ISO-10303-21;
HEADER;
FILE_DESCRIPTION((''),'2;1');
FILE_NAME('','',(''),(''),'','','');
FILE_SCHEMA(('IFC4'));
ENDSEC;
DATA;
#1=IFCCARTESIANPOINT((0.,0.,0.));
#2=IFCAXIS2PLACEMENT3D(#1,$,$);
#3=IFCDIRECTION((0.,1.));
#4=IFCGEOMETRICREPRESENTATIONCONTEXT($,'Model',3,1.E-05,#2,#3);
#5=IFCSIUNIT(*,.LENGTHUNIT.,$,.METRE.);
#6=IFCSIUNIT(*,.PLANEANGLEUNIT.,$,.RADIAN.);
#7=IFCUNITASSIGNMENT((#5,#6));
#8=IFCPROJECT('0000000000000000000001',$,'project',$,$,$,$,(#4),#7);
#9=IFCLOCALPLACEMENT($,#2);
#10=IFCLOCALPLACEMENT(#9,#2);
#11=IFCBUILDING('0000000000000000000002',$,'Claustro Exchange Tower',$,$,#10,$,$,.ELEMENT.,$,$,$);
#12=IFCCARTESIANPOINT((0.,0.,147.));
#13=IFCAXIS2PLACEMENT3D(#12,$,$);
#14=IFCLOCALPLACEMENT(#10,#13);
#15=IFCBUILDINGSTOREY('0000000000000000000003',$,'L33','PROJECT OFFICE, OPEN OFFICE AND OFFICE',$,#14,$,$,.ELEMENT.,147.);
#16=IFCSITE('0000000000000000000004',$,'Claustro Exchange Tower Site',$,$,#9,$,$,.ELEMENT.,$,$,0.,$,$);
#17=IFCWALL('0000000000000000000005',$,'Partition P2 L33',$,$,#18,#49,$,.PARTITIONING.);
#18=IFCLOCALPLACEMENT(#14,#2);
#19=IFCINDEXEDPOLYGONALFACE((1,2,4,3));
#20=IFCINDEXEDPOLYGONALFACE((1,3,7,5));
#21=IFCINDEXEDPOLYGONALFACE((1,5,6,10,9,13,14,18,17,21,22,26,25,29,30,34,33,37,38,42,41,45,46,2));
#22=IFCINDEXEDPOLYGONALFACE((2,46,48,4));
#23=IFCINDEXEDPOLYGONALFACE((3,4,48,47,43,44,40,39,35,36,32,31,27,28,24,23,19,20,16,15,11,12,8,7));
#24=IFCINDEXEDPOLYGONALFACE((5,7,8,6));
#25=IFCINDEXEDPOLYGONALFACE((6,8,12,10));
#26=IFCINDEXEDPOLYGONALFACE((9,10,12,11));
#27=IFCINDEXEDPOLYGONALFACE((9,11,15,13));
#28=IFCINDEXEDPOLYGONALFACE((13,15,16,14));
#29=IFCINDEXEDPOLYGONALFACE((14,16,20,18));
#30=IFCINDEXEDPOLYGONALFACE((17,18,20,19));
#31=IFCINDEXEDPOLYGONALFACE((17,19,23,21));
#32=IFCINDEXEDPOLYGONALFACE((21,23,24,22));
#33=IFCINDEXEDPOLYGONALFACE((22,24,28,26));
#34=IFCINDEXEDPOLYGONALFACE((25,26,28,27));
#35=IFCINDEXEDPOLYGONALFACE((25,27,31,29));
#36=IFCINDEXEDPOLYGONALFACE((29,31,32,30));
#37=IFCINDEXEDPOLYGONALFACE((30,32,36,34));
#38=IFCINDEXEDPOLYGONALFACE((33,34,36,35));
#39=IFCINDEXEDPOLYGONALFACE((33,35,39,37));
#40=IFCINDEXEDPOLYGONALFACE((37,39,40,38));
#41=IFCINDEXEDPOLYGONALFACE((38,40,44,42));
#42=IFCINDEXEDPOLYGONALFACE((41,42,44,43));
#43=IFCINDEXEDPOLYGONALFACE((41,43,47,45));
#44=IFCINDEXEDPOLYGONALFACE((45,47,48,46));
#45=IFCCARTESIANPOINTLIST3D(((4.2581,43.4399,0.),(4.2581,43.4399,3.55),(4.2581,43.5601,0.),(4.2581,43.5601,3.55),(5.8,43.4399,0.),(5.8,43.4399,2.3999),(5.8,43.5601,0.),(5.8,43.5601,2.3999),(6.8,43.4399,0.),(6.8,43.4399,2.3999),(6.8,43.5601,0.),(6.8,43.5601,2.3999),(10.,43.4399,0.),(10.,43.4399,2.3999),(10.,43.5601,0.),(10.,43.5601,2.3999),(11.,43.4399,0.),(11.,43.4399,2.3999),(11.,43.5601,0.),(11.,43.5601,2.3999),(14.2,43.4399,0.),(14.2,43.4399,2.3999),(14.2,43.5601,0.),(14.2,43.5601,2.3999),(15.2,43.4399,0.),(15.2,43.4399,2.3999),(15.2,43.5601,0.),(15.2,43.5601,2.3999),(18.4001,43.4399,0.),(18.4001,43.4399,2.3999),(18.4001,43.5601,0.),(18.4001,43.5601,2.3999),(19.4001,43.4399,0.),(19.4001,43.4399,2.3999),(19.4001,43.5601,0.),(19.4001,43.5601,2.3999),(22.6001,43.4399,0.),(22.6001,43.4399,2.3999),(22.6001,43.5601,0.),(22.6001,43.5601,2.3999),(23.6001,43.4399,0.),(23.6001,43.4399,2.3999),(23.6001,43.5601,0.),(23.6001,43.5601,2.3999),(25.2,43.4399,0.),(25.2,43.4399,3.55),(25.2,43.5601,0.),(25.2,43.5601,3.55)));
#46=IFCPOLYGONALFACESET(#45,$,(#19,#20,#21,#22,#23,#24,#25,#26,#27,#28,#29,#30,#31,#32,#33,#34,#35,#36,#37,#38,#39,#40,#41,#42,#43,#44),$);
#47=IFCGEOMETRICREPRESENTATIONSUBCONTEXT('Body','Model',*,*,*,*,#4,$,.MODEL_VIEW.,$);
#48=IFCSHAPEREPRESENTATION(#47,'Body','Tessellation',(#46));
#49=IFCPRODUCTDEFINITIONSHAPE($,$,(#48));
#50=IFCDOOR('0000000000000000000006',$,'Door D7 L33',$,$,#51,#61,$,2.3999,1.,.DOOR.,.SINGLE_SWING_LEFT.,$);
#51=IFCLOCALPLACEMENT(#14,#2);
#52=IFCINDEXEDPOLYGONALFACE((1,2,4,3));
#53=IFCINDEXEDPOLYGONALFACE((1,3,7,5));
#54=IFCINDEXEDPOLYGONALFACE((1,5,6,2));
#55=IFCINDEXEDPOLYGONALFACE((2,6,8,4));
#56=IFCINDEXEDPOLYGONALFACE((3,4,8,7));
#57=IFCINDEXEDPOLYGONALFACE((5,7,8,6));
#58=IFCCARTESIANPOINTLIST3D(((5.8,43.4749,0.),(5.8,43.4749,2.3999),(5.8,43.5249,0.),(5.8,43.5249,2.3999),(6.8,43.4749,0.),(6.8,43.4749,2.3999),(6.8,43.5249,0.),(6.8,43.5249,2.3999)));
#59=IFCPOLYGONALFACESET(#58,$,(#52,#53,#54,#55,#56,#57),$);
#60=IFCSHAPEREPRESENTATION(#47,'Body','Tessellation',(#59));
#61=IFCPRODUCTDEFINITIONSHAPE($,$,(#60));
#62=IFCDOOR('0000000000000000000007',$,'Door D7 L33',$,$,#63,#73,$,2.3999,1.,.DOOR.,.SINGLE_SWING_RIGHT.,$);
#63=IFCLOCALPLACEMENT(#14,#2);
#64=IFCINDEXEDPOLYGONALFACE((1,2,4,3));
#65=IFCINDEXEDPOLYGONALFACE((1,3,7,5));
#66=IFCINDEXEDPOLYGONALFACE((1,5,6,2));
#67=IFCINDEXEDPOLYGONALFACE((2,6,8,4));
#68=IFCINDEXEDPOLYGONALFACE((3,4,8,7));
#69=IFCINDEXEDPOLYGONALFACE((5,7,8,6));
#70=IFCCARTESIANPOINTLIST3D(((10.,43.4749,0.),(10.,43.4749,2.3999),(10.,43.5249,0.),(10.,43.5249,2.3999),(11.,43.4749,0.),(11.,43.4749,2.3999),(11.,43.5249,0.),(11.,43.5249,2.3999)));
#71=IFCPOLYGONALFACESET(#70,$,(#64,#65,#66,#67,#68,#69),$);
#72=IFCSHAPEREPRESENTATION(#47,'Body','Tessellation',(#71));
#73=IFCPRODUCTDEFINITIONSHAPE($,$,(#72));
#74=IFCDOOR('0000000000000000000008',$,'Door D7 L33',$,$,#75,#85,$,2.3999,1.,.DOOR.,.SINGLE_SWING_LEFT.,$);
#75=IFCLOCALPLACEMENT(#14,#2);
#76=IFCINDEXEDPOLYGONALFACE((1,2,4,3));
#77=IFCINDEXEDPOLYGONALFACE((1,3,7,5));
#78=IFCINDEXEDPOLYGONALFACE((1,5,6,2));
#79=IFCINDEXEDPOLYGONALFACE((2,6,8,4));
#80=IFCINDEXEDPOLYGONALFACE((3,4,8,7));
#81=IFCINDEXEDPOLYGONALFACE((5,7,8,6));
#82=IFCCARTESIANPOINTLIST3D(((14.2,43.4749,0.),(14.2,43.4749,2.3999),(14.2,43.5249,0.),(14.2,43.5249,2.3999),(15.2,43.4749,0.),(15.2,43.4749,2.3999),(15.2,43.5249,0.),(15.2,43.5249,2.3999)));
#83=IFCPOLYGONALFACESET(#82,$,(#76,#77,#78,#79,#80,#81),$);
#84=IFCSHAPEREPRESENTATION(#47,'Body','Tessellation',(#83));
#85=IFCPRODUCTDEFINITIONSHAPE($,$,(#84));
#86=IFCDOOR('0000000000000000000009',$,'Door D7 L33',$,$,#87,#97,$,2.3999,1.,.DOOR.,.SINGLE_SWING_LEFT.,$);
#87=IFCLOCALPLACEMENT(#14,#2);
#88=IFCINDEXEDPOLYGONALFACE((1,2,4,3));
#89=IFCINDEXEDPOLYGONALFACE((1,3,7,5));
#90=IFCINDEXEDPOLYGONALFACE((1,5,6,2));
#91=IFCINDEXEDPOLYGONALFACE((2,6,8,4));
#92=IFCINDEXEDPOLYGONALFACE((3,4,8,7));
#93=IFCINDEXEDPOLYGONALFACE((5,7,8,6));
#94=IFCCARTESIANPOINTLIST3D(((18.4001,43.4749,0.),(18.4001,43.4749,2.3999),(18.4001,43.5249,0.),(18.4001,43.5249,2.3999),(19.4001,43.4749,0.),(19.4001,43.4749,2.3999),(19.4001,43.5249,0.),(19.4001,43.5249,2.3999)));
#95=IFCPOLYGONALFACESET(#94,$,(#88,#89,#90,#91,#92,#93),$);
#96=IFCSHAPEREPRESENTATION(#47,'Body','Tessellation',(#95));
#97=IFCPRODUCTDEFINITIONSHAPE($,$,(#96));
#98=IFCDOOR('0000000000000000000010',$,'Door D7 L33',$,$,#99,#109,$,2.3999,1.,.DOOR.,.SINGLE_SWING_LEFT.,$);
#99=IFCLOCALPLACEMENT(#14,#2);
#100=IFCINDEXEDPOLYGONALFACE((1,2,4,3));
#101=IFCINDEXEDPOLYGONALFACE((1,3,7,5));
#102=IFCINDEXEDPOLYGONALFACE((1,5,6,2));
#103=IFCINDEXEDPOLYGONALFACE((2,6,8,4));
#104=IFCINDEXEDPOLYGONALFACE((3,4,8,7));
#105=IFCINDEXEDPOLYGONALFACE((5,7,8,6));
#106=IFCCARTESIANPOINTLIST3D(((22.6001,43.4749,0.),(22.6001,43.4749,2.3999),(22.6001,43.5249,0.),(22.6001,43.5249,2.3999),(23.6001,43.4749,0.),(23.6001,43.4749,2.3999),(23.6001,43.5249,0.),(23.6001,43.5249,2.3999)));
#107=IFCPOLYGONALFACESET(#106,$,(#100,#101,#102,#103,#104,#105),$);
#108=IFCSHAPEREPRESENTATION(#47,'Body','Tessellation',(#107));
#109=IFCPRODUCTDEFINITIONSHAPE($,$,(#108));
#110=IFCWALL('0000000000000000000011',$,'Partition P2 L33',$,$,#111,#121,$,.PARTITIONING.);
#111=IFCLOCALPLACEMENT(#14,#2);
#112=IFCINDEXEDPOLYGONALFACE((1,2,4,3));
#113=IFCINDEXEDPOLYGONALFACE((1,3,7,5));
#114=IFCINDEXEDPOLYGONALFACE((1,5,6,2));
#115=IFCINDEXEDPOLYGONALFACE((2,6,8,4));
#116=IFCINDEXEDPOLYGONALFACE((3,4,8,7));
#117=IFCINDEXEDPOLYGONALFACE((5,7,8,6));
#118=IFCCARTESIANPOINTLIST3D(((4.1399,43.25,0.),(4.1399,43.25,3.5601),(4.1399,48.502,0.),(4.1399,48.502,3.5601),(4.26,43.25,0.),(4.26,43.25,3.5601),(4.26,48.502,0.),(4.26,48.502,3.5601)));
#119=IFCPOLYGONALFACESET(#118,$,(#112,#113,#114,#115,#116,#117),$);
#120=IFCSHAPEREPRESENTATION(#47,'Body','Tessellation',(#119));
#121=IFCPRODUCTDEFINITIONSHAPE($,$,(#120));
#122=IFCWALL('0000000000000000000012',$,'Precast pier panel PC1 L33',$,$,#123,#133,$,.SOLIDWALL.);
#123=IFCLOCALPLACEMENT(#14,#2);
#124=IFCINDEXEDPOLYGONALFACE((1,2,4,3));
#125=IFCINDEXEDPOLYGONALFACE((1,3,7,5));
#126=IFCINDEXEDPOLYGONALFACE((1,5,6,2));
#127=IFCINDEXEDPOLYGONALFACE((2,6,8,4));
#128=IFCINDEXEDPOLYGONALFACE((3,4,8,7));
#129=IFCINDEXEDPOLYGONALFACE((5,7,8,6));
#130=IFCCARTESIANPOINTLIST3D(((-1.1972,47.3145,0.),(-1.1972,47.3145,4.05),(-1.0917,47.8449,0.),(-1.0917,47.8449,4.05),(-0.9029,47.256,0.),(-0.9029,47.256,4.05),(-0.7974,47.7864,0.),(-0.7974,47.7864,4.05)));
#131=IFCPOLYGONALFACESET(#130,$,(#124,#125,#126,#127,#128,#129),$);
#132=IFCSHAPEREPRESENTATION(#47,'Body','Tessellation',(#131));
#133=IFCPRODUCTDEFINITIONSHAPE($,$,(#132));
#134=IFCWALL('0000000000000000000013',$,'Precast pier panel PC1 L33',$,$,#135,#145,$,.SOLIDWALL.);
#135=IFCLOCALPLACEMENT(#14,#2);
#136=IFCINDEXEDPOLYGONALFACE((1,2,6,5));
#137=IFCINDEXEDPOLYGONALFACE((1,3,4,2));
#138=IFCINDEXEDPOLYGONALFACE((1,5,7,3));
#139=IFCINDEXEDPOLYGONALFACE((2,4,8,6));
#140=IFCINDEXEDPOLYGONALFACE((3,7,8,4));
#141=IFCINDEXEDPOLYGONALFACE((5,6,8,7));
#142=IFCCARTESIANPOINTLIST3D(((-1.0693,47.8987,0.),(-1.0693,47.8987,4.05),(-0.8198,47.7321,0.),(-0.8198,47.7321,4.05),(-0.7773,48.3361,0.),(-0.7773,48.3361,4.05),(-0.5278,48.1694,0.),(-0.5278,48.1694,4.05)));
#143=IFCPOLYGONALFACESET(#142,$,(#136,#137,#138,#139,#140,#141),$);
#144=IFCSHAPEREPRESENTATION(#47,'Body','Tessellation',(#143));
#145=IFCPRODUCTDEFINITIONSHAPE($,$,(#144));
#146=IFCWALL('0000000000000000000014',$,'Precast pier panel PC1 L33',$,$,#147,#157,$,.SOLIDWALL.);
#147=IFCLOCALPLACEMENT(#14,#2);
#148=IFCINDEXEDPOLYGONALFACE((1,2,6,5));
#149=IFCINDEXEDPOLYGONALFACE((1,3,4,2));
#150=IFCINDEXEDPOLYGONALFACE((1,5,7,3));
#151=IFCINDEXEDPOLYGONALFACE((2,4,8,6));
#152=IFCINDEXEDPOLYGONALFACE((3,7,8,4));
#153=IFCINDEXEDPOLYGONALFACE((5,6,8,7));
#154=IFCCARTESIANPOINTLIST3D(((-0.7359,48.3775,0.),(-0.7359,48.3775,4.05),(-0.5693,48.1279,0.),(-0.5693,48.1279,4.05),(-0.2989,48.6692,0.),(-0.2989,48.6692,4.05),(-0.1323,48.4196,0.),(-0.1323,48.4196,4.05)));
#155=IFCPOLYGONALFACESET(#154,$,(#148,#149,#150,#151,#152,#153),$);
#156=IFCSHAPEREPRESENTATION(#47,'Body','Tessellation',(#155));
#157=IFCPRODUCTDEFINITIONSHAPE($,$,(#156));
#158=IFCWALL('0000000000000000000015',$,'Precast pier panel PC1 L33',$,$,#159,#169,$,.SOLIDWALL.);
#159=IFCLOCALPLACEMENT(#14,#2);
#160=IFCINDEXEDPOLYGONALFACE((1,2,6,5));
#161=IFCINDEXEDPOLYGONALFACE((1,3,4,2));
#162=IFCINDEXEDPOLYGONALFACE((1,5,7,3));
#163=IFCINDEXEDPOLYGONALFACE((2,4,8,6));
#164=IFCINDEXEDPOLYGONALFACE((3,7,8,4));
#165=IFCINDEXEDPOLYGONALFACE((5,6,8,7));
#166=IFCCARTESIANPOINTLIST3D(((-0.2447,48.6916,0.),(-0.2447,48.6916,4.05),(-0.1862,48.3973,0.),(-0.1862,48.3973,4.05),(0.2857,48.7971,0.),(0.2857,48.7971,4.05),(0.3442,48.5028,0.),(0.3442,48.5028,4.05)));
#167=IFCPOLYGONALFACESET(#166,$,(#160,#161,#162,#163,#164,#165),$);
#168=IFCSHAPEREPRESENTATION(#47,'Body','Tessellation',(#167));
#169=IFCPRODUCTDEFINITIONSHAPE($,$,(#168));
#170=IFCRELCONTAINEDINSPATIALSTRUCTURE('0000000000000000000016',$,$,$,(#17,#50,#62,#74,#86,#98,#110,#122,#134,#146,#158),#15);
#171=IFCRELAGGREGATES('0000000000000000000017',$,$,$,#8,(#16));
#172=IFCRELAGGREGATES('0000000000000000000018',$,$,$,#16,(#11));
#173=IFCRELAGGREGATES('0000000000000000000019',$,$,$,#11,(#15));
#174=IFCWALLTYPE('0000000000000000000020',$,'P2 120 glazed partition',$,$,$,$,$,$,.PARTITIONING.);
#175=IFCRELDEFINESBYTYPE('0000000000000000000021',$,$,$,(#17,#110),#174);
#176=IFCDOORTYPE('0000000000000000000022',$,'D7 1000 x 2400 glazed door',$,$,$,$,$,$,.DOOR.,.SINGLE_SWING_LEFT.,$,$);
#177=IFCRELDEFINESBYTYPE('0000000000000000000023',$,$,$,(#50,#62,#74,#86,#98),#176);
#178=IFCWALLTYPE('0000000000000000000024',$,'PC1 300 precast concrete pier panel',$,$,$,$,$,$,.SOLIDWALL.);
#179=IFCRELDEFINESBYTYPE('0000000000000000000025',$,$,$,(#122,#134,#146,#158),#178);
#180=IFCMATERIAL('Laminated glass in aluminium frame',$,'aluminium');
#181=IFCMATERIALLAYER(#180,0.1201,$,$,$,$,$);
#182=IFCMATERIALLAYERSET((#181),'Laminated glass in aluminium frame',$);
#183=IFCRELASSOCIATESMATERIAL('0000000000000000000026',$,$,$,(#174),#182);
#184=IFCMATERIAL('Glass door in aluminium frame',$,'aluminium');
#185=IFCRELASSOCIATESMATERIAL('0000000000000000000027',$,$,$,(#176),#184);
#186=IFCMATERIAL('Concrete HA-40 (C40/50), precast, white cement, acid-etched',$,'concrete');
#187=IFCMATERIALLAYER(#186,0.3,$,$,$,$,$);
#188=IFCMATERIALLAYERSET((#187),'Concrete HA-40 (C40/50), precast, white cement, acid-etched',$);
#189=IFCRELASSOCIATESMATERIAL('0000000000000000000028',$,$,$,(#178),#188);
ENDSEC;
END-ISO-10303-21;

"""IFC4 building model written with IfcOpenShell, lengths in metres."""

from ifc_helpers import new_model, si_unit, direction, frame, frame_2d, origin, place, context, subcontext, project, spatial, rectangle, extrude, material, layer, layer_set, type_object, element, fill, save


model = new_model("IFC4")

# Units and contexts
model_context = context("Model", 3, precision=1e-05, world=origin(), true_north=direction((0.0, 1.0)))
body_context = subcontext(model_context, "Body", "Model", "MODEL_VIEW")
ifc_project = project(units=[si_unit("LENGTHUNIT", "METRE"), si_unit("PLANEANGLEUNIT", "RADIAN")], contexts=[model_context])

# Site, building, storey
site_placement = place(None, origin())
site = spatial("IfcSite", under=ifc_project, at=site_placement, Name="Claustro Exchange Tower Site", CompositionType="ELEMENT", RefElevation=0.0)
building_placement = place(site_placement, origin())
building = spatial("IfcBuilding", under=site, at=building_placement, Name="Claustro Exchange Tower", CompositionType="ELEMENT")
storey_placement = place(building_placement, frame((0.0, 0.0, 147.0)))
storey = spatial("IfcBuildingStorey", under=building, at=storey_placement, Name="L33", Description="PROJECT OFFICE, OPEN OFFICE AND OFFICE", CompositionType="ELEMENT", Elevation=147.0)

# Shared definitions
ifc_material_1 = material(Name="Laminated glass in aluminium frame", Category="aluminium")
ifc_layer_1 = layer(ifc_material_1, 0.1201)
ifc_layer_set_1 = layer_set([ifc_layer_1], Name="Laminated glass in aluminium frame")
wall_type_1 = type_object("IfcWallType", Name="P2 120 glazed partition", PredefinedType="PARTITIONING", material=ifc_layer_set_1)
ifc_material_2 = material(Name="Glass door in aluminium frame", Category="aluminium")
door_type = type_object("IfcDoorType", Name="D7 1000 x 2400 glazed door", OperationType="SINGLE_SWING_LEFT", PredefinedType="DOOR", material=ifc_material_2)

# Wall, openings, doors
wall_1_placement = place(storey_placement, frame((4.2581, 43.5, 0.0), z_axis=(0.0, 0.0, 1.0), x_axis=(1.0, 0.0, 0.0)))
wall_1 = element("IfcWall", 1, at=wall_1_placement, inside=storey, type_object=wall_type_1, Name="Partition P2 L33", PredefinedType="PARTITIONING", context=body_context, shape_type="SweptSolid", body=[
    extrude(rectangle(XDim=20.9419, YDim=0.1201, at=frame_2d((10.4709, 0.0))), origin(), (0.0, 0.0, 1.0), 3.55),
])
opening_1_placement = place(wall_1_placement, frame((1.542, 0.0, 0.0)))
opening_1 = element("IfcOpeningElement", 2, at=opening_1_placement, cuts=wall_1, PredefinedType="OPENING", context=body_context, shape_type="SweptSolid", body=[
    extrude(rectangle(XDim=1.0, YDim=2.3999, at=frame_2d((0.5, 1.2))), frame((0.0, 0.0701, 0.0), z_axis=(0.0, -1.0, 0.0), x_axis=(1.0, 0.0, 0.0)), (0.0, 0.0, 1.0), 0.1401),
])
opening_2_placement = place(wall_1_placement, frame((5.7419, 0.0, 0.0)))
opening_2 = element("IfcOpeningElement", 3, at=opening_2_placement, cuts=wall_1, PredefinedType="OPENING", context=body_context, shape_type="SweptSolid", body=[
    extrude(rectangle(XDim=1.0, YDim=2.3999, at=frame_2d((0.5, 1.2))), frame((0.0, 0.0701, 0.0), z_axis=(0.0, -1.0, 0.0), x_axis=(1.0, 0.0, 0.0)), (0.0, 0.0, 1.0), 0.1401),
])
opening_3_placement = place(wall_1_placement, frame((9.9419, 0.0, 0.0)))
opening_3 = element("IfcOpeningElement", 4, at=opening_3_placement, cuts=wall_1, PredefinedType="OPENING", context=body_context, shape_type="SweptSolid", body=[
    extrude(rectangle(XDim=1.0, YDim=2.3999, at=frame_2d((0.5, 1.2))), frame((0.0, 0.0701, 0.0), z_axis=(0.0, -1.0, 0.0), x_axis=(1.0, 0.0, 0.0)), (0.0, 0.0, 1.0), 0.1401),
])
opening_4_placement = place(wall_1_placement, frame((14.1421, 0.0, 0.0)))
opening_4 = element("IfcOpeningElement", 5, at=opening_4_placement, cuts=wall_1, PredefinedType="OPENING", context=body_context, shape_type="SweptSolid", body=[
    extrude(rectangle(XDim=1.0, YDim=2.3999, at=frame_2d((0.5, 1.2))), frame((0.0, 0.0701, 0.0), z_axis=(0.0, -1.0, 0.0), x_axis=(1.0, 0.0, 0.0)), (0.0, 0.0, 1.0), 0.1401),
])
opening_5_placement = place(wall_1_placement, frame((18.342, 0.0, 0.0)))
opening_5 = element("IfcOpeningElement", 6, at=opening_5_placement, cuts=wall_1, PredefinedType="OPENING", context=body_context, shape_type="SweptSolid", body=[
    extrude(rectangle(XDim=1.0, YDim=2.3999, at=frame_2d((0.5, 1.2))), frame((0.0, 0.0701, 0.0), z_axis=(0.0, -1.0, 0.0), x_axis=(1.0, 0.0, 0.0)), (0.0, 0.0, 1.0), 0.1401),
])
door_1_placement = place(opening_1_placement, origin())
door_1 = element("IfcDoor", 7, at=door_1_placement, inside=storey, type_object=door_type, Name="Door D7 L33", OperationType="SINGLE_SWING_LEFT", OverallHeight=2.3999, OverallWidth=1.0, PredefinedType="DOOR", context=body_context, shape_type="SweptSolid", body=[
    extrude(rectangle(XDim=1.0, YDim=2.3999, at=frame_2d((0.5, 1.2))), frame((0.0, 0.0249, 0.0), z_axis=(0.0, -1.0, 0.0), x_axis=(1.0, 0.0, 0.0)), (0.0, 0.0, 1.0), 0.05),
])
fill(opening_1, door_1)
door_2_placement = place(opening_2_placement, origin())
door_2 = element("IfcDoor", 8, at=door_2_placement, inside=storey, type_object=door_type, Name="Door D7 L33", OperationType="SINGLE_SWING_RIGHT", OverallHeight=2.3999, OverallWidth=1.0, PredefinedType="DOOR", context=body_context, shape_type="SweptSolid", body=[
    extrude(rectangle(XDim=1.0, YDim=2.3999, at=frame_2d((0.5, 1.2))), frame((0.0, 0.0249, 0.0), z_axis=(0.0, -1.0, 0.0), x_axis=(1.0, 0.0, 0.0)), (0.0, 0.0, 1.0), 0.05),
])
fill(opening_2, door_2)
door_3_placement = place(opening_3_placement, origin())
door_3 = element("IfcDoor", 9, at=door_3_placement, inside=storey, type_object=door_type, Name="Door D7 L33", OperationType="SINGLE_SWING_LEFT", OverallHeight=2.3999, OverallWidth=1.0, PredefinedType="DOOR", context=body_context, shape_type="SweptSolid", body=[
    extrude(rectangle(XDim=1.0, YDim=2.3999, at=frame_2d((0.5, 1.2))), frame((0.0, 0.0249, 0.0), z_axis=(0.0, -1.0, 0.0), x_axis=(1.0, 0.0, 0.0)), (0.0, 0.0, 1.0), 0.05),
])
fill(opening_3, door_3)
door_4_placement = place(opening_4_placement, origin())
door_4 = element("IfcDoor", 10, at=door_4_placement, inside=storey, type_object=door_type, Name="Door D7 L33", OperationType="SINGLE_SWING_LEFT", OverallHeight=2.3999, OverallWidth=1.0, PredefinedType="DOOR", context=body_context, shape_type="SweptSolid", body=[
    extrude(rectangle(XDim=1.0, YDim=2.3999, at=frame_2d((0.5, 1.2))), frame((0.0, 0.0249, 0.0), z_axis=(0.0, -1.0, 0.0), x_axis=(1.0, 0.0, 0.0)), (0.0, 0.0, 1.0), 0.05),
])
fill(opening_4, door_4)
door_5_placement = place(opening_5_placement, origin())
door_5 = element("IfcDoor", 11, at=door_5_placement, inside=storey, type_object=door_type, Name="Door D7 L33", OperationType="SINGLE_SWING_LEFT", OverallHeight=2.3999, OverallWidth=1.0, PredefinedType="DOOR", context=body_context, shape_type="SweptSolid", body=[
    extrude(rectangle(XDim=1.0, YDim=2.3999, at=frame_2d((0.5, 1.2))), frame((0.0, 0.0249, 0.0), z_axis=(0.0, -1.0, 0.0), x_axis=(1.0, 0.0, 0.0)), (0.0, 0.0, 1.0), 0.05),
])
fill(opening_5, door_5)

# Walls
wall_2_placement = place(storey_placement, frame((4.2, 43.25, 0.0), z_axis=(0.0, 0.0, 1.0), x_axis=(0.0, 1.0, 0.0)))
element("IfcWall", 12, at=wall_2_placement, inside=storey, type_object=wall_type_1, Name="Partition P2 L33", PredefinedType="PARTITIONING", context=body_context, shape_type="SweptSolid", body=[
    extrude(rectangle(XDim=5.252, YDim=0.1201, at=frame_2d((2.626, 0.0))), origin(), (0.0, 0.0, 1.0), 3.5601),
])
ifc_material_3 = material(Name="Concrete HA-40 (C40/50), precast, white cement, acid-etched", Category="concrete")
ifc_layer_2 = layer(ifc_material_3, 0.3)
ifc_layer_set_2 = layer_set([ifc_layer_2], Name="Concrete HA-40 (C40/50), precast, white cement, acid-etched")
wall_type_2 = type_object("IfcWallType", Name="PC1 300 precast concrete pier panel", PredefinedType="SOLIDWALL", material=ifc_layer_set_2)
wall_3_placement = place(storey_placement, frame((-1.05, 47.2852, 0.0), z_axis=(0.0, 0.0, 1.0), x_axis=(0.195074, 0.980789, 0.0)))
element("IfcWall", 13, at=wall_3_placement, inside=storey, type_object=wall_type_2, Name="Precast pier panel PC1 L33", PredefinedType="SOLIDWALL", context=body_context, shape_type="SweptSolid", body=[
    extrude(rectangle(XDim=0.5408, YDim=0.3, at=frame_2d((0.2705, 0.0))), origin(), (0.0, 0.0, 1.0), 4.05),
])
wall_4_placement = place(storey_placement, frame((-0.9446, 47.8154, 0.0), z_axis=(0.0, 0.0, 1.0), x_axis=(0.555343, 0.831621, 0.0)))
element("IfcWall", 14, at=wall_4_placement, inside=storey, type_object=wall_type_2, Name="Precast pier panel PC1 L33", PredefinedType="SOLIDWALL", context=body_context, shape_type="SweptSolid", body=[
    extrude(rectangle(XDim=0.5259, YDim=0.3, at=frame_2d((0.2629, 0.0))), origin(), (0.0, 0.0, 1.0), 4.05),
])
wall_5_placement = place(storey_placement, frame((-0.6526, 48.2527, 0.0), z_axis=(0.0, 0.0, 1.0), x_axis=(0.831693, 0.555236, 0.0)))
element("IfcWall", 15, at=wall_5_placement, inside=storey, type_object=wall_type_2, Name="Precast pier panel PC1 L33", PredefinedType="SOLIDWALL", context=body_context, shape_type="SweptSolid", body=[
    extrude(rectangle(XDim=0.5254, YDim=0.3, at=frame_2d((0.2627, 0.0))), origin(), (0.0, 0.0, 1.0), 4.05),
])
wall_6_placement = place(storey_placement, frame((-0.2156, 48.5444, 0.0), z_axis=(0.0, 0.0, 1.0), x_axis=(0.980789, 0.195074, 0.0)))
element("IfcWall", 16, at=wall_6_placement, inside=storey, type_object=wall_type_2, Name="Precast pier panel PC1 L33", PredefinedType="SOLIDWALL", context=body_context, shape_type="SweptSolid", body=[
    extrude(rectangle(XDim=0.5408, YDim=0.3, at=frame_2d((0.2705, 0.0))), origin(), (0.0, 0.0, 1.0), 4.05),
])

save(model, "model.ifc")
